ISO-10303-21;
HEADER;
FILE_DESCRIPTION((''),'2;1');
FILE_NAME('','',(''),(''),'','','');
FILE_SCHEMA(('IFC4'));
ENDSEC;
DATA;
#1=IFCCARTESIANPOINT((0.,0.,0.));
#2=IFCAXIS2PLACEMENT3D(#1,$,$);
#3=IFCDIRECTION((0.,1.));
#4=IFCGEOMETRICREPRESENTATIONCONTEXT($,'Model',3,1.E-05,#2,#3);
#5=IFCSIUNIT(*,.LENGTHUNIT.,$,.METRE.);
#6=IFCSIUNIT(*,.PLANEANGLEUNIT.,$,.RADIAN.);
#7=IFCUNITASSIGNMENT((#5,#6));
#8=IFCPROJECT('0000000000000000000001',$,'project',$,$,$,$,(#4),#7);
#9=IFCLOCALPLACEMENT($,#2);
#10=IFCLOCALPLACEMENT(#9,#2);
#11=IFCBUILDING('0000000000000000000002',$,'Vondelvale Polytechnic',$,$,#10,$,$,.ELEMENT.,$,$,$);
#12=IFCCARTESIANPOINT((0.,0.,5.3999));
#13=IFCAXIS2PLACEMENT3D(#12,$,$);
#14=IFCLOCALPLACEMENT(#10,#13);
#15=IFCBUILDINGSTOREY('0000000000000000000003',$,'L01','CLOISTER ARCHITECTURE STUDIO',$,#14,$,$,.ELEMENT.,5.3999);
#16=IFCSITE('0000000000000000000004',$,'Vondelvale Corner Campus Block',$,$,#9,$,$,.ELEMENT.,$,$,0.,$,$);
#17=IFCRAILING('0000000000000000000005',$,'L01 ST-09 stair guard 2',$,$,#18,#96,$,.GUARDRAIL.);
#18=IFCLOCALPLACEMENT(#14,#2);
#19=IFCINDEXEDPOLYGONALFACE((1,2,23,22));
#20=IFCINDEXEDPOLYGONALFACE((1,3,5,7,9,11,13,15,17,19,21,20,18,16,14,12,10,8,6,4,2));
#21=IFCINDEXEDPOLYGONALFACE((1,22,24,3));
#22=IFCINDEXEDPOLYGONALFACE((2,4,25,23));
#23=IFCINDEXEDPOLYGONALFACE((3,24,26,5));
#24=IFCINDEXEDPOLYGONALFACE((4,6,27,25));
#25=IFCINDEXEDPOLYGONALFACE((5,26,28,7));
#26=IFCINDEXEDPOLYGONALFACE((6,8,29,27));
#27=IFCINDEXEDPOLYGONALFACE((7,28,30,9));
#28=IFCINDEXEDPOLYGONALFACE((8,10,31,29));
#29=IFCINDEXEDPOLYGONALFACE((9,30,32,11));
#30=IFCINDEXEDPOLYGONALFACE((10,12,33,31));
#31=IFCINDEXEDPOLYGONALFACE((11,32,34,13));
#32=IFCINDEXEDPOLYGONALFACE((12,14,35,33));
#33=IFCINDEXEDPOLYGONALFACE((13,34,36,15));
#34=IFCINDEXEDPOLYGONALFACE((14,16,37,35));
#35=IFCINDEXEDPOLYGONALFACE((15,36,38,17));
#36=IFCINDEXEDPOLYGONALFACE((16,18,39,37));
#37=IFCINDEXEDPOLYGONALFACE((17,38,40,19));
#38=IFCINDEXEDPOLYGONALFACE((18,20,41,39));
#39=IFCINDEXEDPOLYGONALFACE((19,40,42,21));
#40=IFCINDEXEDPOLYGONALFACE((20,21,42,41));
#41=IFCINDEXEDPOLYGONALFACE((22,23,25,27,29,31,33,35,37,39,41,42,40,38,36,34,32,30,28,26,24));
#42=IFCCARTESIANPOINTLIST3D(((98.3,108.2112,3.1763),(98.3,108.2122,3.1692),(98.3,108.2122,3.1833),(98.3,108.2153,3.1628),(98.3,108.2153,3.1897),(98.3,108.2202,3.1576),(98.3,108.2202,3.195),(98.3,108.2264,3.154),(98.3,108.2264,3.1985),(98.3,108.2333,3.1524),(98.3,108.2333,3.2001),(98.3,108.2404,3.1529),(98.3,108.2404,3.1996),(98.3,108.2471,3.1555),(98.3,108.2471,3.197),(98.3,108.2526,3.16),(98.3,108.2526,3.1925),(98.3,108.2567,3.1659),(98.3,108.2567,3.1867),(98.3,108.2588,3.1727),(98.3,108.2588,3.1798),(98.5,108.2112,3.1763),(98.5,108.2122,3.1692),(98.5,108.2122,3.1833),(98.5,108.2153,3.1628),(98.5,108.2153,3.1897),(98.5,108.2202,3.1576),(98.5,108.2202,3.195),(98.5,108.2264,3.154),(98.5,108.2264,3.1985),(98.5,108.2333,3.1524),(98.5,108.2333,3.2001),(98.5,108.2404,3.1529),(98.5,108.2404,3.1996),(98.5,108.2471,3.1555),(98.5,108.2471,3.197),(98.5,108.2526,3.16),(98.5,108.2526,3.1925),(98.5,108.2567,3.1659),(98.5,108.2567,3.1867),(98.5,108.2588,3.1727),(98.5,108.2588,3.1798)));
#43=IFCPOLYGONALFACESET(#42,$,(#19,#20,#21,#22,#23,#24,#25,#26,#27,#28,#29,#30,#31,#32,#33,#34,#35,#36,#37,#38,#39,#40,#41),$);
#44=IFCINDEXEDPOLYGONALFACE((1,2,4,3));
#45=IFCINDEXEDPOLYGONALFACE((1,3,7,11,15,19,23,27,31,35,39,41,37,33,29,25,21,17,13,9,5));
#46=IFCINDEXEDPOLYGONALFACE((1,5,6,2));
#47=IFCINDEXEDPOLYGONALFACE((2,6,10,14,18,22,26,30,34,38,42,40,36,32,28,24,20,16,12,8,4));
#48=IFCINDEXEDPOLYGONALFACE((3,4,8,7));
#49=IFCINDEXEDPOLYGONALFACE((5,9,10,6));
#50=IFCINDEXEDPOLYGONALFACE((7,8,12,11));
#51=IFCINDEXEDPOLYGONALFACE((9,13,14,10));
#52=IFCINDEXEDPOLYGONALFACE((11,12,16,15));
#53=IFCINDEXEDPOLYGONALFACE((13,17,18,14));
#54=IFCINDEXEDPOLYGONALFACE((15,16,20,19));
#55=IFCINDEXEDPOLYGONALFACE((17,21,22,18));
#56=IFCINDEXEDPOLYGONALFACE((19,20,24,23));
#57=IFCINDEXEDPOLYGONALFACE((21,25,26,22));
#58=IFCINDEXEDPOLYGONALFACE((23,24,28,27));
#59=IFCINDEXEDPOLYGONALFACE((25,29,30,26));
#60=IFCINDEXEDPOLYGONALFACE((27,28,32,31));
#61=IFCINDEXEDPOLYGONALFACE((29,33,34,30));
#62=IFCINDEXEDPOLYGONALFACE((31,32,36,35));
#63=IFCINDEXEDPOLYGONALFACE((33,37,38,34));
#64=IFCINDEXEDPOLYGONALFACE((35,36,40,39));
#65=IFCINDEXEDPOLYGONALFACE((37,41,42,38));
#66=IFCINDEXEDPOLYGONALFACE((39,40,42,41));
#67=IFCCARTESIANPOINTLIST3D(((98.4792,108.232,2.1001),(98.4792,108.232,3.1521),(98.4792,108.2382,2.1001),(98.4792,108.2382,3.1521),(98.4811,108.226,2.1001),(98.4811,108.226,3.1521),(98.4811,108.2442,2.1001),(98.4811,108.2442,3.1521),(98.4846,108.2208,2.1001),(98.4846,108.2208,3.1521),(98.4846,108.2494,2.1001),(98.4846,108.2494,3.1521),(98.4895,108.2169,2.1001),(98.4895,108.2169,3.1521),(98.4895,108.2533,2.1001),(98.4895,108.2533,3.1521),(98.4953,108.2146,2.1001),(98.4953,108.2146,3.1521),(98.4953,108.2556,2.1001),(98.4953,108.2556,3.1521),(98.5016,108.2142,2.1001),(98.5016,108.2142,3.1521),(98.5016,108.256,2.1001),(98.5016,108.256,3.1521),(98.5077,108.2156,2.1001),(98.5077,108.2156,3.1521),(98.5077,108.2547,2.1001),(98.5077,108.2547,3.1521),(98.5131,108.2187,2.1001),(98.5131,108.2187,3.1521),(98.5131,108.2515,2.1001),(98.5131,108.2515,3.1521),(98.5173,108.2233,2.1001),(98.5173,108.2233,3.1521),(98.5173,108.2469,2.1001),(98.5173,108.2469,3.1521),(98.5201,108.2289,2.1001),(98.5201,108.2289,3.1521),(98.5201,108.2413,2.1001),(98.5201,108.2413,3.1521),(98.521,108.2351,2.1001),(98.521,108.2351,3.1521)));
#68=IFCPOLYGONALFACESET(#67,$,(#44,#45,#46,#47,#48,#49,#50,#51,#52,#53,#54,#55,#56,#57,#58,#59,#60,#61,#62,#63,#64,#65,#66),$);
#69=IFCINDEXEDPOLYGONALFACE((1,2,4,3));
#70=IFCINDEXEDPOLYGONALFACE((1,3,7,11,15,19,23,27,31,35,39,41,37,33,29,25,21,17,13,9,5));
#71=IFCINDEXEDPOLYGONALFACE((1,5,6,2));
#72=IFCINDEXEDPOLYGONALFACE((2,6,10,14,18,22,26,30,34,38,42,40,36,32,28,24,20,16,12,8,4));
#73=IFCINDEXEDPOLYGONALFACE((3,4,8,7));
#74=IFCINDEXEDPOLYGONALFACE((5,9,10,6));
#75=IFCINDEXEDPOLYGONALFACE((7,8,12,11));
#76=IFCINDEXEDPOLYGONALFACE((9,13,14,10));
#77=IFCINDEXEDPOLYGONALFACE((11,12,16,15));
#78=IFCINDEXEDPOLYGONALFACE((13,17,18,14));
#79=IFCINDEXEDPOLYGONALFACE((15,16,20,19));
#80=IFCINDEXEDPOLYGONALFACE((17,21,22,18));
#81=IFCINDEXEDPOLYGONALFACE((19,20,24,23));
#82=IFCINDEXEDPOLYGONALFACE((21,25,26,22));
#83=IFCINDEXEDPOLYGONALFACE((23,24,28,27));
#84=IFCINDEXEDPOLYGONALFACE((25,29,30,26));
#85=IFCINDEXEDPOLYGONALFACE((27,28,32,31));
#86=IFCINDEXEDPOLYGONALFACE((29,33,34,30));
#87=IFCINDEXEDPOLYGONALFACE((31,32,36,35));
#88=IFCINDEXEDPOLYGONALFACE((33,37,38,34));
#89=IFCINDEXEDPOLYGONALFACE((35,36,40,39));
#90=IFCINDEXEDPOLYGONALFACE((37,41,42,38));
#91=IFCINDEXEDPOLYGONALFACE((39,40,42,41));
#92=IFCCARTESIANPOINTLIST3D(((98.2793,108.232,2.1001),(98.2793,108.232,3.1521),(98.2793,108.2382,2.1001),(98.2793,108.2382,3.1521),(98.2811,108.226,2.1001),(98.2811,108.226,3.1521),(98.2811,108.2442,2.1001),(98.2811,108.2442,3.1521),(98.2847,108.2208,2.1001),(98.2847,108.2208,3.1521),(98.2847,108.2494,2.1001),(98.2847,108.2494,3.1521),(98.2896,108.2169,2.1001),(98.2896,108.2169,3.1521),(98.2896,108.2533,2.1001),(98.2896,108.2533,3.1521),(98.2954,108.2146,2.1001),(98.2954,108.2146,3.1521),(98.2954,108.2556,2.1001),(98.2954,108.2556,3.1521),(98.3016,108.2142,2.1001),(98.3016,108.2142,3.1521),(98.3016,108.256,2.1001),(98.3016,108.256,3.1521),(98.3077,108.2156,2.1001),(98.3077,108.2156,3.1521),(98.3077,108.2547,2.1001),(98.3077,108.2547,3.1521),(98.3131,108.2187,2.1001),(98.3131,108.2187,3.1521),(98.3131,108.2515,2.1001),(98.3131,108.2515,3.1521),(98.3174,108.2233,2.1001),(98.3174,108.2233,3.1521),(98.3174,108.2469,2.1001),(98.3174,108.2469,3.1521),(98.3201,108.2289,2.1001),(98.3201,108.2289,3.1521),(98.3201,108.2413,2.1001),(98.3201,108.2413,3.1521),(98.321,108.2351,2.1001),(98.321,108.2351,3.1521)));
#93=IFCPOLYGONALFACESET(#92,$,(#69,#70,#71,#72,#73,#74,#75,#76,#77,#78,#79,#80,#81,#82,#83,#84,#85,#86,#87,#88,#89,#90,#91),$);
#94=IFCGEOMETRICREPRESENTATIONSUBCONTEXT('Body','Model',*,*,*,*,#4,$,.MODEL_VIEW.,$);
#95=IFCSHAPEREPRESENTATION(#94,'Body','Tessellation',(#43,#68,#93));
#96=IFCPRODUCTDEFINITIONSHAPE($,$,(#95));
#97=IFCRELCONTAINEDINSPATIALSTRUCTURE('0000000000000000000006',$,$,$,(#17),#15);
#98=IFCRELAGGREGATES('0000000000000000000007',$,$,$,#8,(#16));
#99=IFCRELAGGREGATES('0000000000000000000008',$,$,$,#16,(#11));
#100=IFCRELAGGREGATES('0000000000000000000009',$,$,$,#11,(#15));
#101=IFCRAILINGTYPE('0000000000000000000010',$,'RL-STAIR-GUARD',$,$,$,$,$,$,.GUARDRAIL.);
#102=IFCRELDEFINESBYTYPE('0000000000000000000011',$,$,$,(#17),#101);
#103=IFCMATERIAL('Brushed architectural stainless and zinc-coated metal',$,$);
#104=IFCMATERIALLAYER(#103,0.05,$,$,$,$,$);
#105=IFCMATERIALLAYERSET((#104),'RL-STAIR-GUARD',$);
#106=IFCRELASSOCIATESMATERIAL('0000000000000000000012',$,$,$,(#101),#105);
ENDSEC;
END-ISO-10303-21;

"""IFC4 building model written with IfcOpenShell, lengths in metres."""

from ifc_helpers import new_model, si_unit, direction, frame, origin, origin_2d, place, context, subcontext, project, spatial, circle, extrude, material, layer, layer_set, type_object, element, save


model = new_model("IFC4")

# Units and contexts
model_context = context("Model", 3, precision=1e-05, world=origin(), true_north=direction((0.0, 1.0)))
body_context = subcontext(model_context, "Body", "Model", "MODEL_VIEW")
ifc_project = project(units=[si_unit("LENGTHUNIT", "METRE"), si_unit("PLANEANGLEUNIT", "RADIAN")], contexts=[model_context])

# Site, building, storey
site_placement = place(None, origin())
site = spatial("IfcSite", under=ifc_project, at=site_placement, Name="Vondelvale Corner Campus Block", CompositionType="ELEMENT", RefElevation=0.0)
building_placement = place(site_placement, origin())
building = spatial("IfcBuilding", under=site, at=building_placement, Name="Vondelvale Polytechnic", CompositionType="ELEMENT")
storey_placement = place(building_placement, frame((0.0, 0.0, 5.3999)))
storey = spatial("IfcBuildingStorey", under=building, at=storey_placement, Name="L01", Description="CLOISTER ARCHITECTURE STUDIO", CompositionType="ELEMENT", Elevation=5.3999)

# Railing
ifc_material_1 = material(Name="Brushed architectural stainless and zinc-coated metal")
ifc_layer_1 = layer(ifc_material_1, 0.05)
ifc_layer_set_1 = layer_set([ifc_layer_1], Name="RL-STAIR-GUARD")
railing_type_1 = type_object("IfcRailingType", Name="RL-STAIR-GUARD", PredefinedType="GUARDRAIL", material=ifc_layer_set_1)
railing_1_placement = place(storey_placement, frame((98.5, 108.2351, 2.1001)))
element("IfcRailing", 1, at=railing_1_placement, inside=storey, type_object=railing_type_1, Name="L01 ST-09 stair guard 2", PredefinedType="GUARDRAIL", context=body_context, shape_type="SweptSolid", body=[
    extrude(circle(Radius=0.0239, at=origin_2d()), frame((0.0, 0.0, 1.0762), z_axis=(-1.0, 0.0, 0.0), x_axis=(0.0, -1.0, 0.0)), (0.0, 0.0, 1.0), 0.2),
    extrude(circle(Radius=0.021, at=origin_2d()), origin(), (0.0, 0.0, 1.0), 1.052),
    extrude(circle(Radius=0.021, at=origin_2d()), frame((-0.2, 0.0, 0.0)), (0.0, 0.0, 1.0), 1.052),
])

save(model, "model.ifc")
